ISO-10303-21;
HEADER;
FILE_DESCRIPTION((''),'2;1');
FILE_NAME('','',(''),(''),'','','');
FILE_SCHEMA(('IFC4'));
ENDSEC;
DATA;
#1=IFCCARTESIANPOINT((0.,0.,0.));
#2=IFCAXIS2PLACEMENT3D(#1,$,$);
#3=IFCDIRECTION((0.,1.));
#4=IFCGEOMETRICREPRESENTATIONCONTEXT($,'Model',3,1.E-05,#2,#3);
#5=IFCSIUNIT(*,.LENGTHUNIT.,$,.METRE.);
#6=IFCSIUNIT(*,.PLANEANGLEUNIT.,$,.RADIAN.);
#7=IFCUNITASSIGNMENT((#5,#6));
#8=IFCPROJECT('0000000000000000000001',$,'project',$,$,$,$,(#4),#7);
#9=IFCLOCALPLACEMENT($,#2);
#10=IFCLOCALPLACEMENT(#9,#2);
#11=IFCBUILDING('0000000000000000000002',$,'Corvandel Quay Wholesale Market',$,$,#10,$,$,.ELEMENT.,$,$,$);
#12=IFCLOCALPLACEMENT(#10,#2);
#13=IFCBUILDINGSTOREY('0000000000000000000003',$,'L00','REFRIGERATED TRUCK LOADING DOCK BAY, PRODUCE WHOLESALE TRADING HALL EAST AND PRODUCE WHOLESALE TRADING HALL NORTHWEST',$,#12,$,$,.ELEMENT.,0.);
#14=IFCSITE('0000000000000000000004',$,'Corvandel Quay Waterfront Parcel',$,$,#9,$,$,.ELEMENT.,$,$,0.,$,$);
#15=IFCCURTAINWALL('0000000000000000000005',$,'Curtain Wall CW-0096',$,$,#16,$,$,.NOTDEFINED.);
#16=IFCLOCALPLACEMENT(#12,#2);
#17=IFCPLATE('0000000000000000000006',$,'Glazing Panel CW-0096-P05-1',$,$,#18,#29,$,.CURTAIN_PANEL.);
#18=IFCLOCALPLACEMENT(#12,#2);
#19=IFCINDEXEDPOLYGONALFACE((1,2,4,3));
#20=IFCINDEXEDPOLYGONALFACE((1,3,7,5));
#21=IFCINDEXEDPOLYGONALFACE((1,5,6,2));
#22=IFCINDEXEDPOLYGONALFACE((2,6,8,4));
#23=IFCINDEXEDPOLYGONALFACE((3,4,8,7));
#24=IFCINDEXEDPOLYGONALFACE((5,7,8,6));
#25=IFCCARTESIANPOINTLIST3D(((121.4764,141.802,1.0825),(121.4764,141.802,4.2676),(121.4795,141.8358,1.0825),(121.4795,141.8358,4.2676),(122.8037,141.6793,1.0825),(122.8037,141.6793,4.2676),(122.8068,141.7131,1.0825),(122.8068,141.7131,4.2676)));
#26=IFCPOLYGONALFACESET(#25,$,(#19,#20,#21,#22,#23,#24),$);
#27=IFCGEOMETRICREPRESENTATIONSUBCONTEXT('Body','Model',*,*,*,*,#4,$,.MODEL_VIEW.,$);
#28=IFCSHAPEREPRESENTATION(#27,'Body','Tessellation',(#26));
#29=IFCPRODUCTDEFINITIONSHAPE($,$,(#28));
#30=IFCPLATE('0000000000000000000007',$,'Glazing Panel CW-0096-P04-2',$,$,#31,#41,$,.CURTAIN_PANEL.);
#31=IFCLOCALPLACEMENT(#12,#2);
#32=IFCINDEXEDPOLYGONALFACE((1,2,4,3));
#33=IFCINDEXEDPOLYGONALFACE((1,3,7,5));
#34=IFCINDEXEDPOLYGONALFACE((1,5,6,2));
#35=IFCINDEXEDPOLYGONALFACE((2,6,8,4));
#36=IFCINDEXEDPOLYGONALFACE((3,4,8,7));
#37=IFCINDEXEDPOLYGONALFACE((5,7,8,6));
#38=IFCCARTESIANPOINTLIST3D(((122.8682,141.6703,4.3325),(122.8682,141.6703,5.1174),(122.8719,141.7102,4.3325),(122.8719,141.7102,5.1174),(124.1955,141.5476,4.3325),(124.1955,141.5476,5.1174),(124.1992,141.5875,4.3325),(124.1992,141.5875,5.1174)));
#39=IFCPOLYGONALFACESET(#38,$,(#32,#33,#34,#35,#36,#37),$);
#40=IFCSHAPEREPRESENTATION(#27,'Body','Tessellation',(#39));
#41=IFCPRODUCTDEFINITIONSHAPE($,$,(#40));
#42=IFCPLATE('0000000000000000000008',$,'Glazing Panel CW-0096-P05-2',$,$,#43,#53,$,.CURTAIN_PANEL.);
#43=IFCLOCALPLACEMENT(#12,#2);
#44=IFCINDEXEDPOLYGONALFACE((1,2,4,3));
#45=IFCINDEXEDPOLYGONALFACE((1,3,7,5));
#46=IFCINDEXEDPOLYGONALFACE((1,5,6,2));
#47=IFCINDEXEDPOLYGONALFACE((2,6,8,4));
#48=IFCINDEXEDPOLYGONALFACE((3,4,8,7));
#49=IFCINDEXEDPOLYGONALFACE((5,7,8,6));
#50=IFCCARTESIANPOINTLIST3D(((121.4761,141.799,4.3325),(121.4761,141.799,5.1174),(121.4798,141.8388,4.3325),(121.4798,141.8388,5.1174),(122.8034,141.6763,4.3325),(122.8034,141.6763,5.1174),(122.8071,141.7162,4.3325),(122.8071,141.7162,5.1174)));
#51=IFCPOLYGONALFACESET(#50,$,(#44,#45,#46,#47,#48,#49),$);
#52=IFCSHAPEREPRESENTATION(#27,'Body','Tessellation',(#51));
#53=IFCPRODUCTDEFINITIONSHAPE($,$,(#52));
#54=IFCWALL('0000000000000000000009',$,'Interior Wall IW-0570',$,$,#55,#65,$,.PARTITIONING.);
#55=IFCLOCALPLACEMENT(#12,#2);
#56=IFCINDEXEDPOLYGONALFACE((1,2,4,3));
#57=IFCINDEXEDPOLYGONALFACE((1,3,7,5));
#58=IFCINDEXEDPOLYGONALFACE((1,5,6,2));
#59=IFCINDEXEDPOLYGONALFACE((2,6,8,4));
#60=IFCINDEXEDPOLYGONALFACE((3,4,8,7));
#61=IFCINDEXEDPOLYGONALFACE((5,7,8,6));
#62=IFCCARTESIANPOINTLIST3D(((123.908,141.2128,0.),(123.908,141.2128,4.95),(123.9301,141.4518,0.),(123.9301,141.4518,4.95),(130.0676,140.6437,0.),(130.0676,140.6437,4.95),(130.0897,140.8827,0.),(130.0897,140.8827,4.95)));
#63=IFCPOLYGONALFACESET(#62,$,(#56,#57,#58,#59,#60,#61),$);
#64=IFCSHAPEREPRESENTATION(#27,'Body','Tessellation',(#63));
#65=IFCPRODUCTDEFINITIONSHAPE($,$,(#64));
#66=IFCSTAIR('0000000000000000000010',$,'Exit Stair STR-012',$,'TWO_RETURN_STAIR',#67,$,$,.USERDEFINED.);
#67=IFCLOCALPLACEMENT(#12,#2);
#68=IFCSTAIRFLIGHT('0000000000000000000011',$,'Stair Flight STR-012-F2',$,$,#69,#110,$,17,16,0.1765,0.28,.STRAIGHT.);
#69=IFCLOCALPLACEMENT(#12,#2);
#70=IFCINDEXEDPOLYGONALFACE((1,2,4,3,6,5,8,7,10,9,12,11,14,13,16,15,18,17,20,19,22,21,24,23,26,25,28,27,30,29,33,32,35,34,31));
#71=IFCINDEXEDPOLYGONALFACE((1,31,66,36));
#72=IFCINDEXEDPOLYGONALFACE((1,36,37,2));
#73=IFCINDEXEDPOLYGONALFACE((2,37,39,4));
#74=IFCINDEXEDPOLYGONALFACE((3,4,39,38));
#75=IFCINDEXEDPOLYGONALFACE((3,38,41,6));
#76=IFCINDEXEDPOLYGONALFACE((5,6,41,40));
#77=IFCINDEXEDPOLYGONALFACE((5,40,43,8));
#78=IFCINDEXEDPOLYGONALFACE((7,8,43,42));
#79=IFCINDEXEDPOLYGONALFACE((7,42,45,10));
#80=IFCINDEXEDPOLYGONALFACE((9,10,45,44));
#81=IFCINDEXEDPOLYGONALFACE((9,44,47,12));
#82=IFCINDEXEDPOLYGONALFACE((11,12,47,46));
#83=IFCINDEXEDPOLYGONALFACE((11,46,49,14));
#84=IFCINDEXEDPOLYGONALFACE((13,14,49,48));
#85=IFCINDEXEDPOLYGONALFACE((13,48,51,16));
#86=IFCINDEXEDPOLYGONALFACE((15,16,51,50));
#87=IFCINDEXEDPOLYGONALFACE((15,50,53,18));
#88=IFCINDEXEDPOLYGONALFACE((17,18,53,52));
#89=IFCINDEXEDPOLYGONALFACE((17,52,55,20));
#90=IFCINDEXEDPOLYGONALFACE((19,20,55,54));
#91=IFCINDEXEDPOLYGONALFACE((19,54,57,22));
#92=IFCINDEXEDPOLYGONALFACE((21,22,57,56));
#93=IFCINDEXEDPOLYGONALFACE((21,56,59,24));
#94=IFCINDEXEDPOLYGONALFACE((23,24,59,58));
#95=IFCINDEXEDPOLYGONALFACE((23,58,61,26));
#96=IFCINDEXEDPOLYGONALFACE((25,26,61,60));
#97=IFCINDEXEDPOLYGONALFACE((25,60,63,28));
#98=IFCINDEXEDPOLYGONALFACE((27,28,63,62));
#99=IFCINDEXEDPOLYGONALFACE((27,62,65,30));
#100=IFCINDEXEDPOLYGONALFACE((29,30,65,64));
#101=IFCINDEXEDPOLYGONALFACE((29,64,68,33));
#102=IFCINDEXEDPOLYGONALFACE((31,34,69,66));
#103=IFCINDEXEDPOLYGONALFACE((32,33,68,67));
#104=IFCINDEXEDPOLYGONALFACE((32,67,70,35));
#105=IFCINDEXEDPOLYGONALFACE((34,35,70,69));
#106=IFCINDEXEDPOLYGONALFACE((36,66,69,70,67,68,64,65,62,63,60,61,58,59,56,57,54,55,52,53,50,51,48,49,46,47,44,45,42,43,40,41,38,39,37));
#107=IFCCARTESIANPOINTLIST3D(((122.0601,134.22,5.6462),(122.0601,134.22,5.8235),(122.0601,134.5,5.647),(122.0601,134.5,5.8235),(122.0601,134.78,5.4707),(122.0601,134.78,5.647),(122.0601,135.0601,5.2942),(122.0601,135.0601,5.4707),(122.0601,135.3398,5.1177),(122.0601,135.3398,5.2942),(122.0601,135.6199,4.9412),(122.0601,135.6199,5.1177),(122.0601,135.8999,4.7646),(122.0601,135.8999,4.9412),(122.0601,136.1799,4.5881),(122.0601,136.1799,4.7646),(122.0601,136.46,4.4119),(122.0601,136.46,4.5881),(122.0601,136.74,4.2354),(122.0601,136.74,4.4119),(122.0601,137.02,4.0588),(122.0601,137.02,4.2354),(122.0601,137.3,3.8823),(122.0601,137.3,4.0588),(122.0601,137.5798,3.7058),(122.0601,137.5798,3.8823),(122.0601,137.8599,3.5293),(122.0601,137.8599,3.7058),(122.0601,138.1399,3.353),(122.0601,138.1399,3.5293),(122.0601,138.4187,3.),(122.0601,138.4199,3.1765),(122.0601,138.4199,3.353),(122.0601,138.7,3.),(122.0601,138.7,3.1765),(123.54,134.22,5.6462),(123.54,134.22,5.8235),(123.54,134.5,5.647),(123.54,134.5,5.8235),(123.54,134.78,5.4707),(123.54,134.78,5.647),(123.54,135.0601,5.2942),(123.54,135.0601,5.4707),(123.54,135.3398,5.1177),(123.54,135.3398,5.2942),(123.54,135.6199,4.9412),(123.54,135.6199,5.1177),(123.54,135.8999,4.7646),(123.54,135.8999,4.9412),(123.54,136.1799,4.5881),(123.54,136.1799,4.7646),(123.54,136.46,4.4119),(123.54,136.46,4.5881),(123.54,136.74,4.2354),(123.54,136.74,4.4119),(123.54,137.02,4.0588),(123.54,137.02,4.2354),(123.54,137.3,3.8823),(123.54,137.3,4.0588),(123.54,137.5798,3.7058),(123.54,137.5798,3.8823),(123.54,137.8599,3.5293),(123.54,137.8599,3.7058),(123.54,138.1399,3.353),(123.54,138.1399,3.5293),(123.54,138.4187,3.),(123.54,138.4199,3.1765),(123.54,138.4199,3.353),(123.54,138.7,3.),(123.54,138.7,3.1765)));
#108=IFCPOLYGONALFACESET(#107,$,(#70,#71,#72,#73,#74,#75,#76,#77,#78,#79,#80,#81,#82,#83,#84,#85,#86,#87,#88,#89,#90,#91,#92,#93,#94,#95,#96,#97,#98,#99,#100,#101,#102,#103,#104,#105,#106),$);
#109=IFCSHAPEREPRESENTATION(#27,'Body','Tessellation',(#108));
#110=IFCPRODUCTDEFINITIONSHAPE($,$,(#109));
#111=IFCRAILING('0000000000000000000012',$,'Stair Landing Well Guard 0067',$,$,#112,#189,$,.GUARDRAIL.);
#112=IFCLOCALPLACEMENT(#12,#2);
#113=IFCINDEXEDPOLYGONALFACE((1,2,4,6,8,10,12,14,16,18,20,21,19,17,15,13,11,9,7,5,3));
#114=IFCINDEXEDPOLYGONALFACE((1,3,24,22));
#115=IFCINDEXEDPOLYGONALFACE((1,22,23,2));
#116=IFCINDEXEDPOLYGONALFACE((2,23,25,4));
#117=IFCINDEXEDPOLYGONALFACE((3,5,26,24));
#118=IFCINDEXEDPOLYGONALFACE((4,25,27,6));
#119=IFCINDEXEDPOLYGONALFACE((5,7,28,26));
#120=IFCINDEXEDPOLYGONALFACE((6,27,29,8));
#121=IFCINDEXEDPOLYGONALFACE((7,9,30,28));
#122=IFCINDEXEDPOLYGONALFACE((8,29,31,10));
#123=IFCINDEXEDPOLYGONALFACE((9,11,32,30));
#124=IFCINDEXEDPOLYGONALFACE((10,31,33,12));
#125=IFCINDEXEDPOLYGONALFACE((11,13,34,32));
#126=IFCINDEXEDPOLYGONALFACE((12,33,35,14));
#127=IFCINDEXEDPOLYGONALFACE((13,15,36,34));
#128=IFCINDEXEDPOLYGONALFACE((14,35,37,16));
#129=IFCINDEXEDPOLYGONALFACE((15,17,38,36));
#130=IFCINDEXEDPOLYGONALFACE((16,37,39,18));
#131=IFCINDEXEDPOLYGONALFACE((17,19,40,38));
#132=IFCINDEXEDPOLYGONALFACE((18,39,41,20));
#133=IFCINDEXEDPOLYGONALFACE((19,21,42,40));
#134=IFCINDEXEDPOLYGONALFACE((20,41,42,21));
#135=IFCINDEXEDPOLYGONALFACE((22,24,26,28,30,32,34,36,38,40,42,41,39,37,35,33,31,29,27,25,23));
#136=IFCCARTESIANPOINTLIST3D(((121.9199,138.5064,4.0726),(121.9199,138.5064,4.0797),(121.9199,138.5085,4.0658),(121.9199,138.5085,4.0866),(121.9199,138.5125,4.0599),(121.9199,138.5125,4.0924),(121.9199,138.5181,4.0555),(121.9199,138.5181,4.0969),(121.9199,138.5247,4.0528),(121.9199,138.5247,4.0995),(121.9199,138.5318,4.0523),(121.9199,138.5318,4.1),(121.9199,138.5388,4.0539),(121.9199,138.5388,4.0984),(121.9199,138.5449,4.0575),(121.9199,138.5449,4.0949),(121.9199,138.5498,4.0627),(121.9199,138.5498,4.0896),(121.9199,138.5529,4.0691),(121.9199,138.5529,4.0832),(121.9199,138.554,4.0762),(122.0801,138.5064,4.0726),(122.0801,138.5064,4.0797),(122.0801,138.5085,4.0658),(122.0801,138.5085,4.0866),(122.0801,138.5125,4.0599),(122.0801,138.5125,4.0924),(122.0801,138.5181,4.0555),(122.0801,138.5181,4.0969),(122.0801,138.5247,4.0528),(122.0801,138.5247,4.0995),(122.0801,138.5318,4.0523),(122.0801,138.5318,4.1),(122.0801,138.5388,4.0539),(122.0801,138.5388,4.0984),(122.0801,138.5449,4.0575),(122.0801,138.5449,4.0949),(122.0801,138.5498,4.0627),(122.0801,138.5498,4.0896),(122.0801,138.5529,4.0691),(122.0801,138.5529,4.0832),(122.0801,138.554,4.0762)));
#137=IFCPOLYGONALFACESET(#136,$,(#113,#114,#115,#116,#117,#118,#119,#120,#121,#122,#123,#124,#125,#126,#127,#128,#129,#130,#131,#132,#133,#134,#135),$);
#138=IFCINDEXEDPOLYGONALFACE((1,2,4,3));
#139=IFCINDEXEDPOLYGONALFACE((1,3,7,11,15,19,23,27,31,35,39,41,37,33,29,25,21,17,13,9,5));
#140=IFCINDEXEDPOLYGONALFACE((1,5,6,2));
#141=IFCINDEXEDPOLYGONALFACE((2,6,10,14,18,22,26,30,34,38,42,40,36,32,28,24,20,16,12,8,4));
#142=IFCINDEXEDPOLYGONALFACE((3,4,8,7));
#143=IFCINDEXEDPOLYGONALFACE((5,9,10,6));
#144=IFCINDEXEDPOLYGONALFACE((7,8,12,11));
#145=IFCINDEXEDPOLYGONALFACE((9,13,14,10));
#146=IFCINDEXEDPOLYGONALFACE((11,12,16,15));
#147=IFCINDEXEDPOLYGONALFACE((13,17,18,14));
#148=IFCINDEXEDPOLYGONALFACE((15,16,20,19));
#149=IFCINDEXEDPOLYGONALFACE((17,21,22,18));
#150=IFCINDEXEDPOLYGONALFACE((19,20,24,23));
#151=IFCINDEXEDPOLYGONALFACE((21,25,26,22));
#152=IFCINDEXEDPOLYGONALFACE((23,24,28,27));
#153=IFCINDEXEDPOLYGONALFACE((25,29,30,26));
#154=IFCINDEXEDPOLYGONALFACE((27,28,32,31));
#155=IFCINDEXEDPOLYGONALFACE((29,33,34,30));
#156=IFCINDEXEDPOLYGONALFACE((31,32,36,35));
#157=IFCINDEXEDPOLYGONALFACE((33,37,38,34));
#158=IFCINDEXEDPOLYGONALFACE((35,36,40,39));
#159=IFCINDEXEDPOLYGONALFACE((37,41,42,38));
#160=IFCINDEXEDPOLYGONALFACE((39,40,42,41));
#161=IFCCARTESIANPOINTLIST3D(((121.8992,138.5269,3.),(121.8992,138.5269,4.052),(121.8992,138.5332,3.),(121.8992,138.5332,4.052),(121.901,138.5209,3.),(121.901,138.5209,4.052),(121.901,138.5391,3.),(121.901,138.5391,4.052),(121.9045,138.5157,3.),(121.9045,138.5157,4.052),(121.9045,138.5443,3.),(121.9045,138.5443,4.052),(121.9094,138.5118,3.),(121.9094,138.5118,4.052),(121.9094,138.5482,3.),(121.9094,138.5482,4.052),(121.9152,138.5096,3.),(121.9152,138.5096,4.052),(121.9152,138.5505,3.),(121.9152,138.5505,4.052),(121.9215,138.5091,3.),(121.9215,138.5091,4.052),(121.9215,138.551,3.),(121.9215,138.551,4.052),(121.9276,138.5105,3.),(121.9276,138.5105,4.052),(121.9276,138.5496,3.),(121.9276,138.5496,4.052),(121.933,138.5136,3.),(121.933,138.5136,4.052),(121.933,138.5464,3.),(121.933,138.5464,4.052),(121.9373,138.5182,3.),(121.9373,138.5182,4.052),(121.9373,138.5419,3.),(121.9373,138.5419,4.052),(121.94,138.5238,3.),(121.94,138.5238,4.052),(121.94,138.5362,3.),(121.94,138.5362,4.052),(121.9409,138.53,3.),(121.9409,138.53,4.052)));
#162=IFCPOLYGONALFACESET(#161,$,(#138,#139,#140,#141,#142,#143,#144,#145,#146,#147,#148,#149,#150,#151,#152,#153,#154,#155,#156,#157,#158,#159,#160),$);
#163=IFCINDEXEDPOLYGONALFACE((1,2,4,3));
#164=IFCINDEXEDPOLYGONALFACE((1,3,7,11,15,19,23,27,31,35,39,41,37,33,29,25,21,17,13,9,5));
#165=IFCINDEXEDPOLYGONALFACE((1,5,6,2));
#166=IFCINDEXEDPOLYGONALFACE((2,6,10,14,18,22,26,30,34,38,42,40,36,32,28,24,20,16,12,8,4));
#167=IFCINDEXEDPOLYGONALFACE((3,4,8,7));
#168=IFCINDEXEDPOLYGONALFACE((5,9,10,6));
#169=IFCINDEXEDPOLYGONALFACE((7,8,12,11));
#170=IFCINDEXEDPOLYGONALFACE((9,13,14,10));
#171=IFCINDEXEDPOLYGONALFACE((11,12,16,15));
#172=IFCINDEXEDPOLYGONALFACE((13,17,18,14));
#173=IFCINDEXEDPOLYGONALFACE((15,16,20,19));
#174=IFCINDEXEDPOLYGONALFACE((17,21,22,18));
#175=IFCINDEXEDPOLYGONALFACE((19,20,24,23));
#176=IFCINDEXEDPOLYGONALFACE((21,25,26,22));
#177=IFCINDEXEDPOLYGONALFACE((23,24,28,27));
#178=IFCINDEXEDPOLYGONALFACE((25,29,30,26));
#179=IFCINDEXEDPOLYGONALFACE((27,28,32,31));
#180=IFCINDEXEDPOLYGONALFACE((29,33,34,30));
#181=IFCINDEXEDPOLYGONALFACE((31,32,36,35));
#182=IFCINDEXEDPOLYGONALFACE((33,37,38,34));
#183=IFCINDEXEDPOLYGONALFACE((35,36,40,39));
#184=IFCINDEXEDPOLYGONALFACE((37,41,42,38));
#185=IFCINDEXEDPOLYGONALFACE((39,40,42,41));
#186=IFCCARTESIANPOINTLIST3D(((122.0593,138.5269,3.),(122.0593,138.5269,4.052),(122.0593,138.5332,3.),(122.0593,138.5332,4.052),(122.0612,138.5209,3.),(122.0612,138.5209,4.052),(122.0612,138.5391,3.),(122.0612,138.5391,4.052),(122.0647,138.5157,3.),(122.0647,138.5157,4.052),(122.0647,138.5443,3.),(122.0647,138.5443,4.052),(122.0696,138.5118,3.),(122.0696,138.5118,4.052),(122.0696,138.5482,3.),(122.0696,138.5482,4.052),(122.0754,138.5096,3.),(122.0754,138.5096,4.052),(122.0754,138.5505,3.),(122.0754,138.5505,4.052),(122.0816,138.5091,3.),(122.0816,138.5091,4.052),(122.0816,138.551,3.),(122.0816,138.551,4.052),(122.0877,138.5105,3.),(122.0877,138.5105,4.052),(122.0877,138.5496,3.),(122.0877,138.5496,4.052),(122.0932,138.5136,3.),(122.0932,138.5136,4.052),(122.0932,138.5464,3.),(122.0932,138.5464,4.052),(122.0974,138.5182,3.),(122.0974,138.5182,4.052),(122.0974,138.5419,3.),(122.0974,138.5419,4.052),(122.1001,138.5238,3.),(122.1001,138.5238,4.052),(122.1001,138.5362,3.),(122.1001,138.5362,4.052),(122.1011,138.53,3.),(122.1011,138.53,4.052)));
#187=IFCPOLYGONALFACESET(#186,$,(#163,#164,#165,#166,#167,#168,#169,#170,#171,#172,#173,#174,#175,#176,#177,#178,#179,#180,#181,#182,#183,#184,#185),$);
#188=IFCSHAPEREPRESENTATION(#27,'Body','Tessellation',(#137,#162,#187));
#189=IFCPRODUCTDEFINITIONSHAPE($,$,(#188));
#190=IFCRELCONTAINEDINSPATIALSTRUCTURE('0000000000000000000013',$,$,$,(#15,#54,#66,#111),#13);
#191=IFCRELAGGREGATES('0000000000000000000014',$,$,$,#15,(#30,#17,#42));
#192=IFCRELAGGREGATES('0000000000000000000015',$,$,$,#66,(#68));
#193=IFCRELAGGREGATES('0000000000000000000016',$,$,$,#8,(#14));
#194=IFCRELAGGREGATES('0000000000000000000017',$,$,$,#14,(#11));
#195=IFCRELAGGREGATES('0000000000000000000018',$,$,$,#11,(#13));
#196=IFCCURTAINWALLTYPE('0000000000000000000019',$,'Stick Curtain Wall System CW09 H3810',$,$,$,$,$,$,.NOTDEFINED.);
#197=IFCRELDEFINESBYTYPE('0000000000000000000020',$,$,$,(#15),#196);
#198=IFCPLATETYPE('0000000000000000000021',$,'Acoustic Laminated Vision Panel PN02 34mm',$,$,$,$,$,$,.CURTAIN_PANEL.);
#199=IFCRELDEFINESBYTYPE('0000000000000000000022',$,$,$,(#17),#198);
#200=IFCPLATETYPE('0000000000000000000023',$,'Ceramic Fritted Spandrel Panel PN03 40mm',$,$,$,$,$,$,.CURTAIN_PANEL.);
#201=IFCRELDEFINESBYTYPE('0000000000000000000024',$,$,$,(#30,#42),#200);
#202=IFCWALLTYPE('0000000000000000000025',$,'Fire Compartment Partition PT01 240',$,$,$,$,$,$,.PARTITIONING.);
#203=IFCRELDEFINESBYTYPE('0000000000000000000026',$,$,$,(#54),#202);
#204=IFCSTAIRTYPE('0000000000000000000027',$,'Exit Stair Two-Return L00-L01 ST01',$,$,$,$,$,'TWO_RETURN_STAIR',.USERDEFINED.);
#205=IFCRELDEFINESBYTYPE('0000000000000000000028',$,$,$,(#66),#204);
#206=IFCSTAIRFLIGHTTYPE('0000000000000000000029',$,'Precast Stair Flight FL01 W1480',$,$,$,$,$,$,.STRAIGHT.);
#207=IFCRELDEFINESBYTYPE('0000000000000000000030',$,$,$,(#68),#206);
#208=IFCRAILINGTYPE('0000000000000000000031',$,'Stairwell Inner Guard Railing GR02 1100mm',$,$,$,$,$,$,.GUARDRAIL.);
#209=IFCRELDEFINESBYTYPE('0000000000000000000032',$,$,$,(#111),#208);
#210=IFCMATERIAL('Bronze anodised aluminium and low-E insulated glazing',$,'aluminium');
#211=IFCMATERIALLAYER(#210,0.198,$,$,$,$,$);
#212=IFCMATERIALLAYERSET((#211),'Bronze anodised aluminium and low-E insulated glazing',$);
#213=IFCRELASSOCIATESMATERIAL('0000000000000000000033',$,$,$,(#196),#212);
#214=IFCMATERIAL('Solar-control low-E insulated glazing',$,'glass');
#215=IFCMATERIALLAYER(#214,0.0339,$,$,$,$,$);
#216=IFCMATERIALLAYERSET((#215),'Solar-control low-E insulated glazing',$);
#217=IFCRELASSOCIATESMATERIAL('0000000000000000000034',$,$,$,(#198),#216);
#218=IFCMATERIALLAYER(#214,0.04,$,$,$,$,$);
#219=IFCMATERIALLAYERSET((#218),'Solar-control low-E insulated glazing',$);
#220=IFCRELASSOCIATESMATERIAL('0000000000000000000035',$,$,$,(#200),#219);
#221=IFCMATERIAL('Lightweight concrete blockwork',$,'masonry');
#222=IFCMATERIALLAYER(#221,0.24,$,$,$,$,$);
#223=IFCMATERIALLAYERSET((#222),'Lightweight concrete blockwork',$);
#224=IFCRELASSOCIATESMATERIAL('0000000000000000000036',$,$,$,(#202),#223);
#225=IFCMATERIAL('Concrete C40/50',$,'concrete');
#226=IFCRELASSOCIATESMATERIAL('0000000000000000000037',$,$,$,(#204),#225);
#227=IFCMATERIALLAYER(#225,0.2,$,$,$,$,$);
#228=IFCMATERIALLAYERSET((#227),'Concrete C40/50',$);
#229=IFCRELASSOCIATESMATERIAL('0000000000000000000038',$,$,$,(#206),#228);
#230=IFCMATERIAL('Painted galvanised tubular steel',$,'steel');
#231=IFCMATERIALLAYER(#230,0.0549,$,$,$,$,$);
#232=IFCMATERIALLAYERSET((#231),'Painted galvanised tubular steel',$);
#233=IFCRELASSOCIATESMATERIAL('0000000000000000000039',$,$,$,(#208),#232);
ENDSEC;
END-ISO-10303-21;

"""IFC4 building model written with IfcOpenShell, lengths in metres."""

from ifc_helpers import new_model, si_unit, direction, frame, frame_2d, origin, origin_2d, place, context, subcontext, project, spatial, polyline, rectangle, circle, outline, extrude, material, layer, layer_set, type_object, element, aggregate, save


model = new_model("IFC4")

# Units and contexts
model_context = context("Model", 3, precision=1e-05, world=origin(), true_north=direction((0.0, 1.0)))
body_context = subcontext(model_context, "Body", "Model", "MODEL_VIEW")
ifc_project = project(units=[si_unit("LENGTHUNIT", "METRE"), si_unit("PLANEANGLEUNIT", "RADIAN")], contexts=[model_context])

# Site, building, storey
site_placement = place(None, origin())
site = spatial("IfcSite", under=ifc_project, at=site_placement, Name="Corvandel Quay Waterfront Parcel", CompositionType="ELEMENT", RefElevation=0.0)
building_placement = place(site_placement, origin())
building = spatial("IfcBuilding", under=site, at=building_placement, Name="Corvandel Quay Wholesale Market", CompositionType="ELEMENT")
storey_placement = place(building_placement, origin())
storey = spatial("IfcBuildingStorey", under=building, at=storey_placement, Name="L00", Description="REFRIGERATED TRUCK LOADING DOCK BAY, PRODUCE WHOLESALE TRADING HALL EAST AND PRODUCE WHOLESALE TRADING HALL NORTHWEST", CompositionType="ELEMENT", Elevation=0.0)

# Shared definitions
ifc_material_1 = material(Name="Concrete C40/50", Category="concrete")

# Curtain wall, plates
ifc_material_2 = material(Name="Bronze anodised aluminium and low-E insulated glazing", Category="aluminium")
ifc_layer_1 = layer(ifc_material_2, 0.198)
ifc_layer_set_1 = layer_set([ifc_layer_1], Name="Bronze anodised aluminium and low-E insulated glazing")
curtain_wall_type = type_object("IfcCurtainWallType", Name="Stick Curtain Wall System CW09 H3810", PredefinedType="NOTDEFINED", material=ifc_layer_set_1)
curtain_wall_placement = place(storey_placement, origin())
curtain_wall = element("IfcCurtainWall", 1, at=curtain_wall_placement, inside=storey, type_object=curtain_wall_type, Name="Curtain Wall CW-0096", PredefinedType="NOTDEFINED")
ifc_material_3 = material(Name="Solar-control low-E insulated glazing", Category="glass")
ifc_layer_2 = layer(ifc_material_3, 0.0339)
ifc_layer_set_2 = layer_set([ifc_layer_2], Name="Solar-control low-E insulated glazing")
plate_type_1 = type_object("IfcPlateType", Name="Acoustic Laminated Vision Panel PN02 34mm", PredefinedType="CURTAIN_PANEL", material=ifc_layer_set_2)
plate_1_placement = place(storey_placement, frame((122.1416, 141.7576, 1.0825), z_axis=(0.0, 0.0, 1.0), x_axis=(-0.995757, 0.092023, 0.0)))
plate_1 = element("IfcPlate", 2, at=plate_1_placement, type_object=plate_type_1, Name="Glazing Panel CW-0096-P05-1", PredefinedType="CURTAIN_PANEL", context=body_context, shape_type="SweptSolid", body=[
    extrude(rectangle(XDim=1.333, YDim=0.0339, at=origin_2d()), origin(), (0.0, 0.0, 1.0), 3.1851),
])
ifc_layer_3 = layer(ifc_material_3, 0.04)
ifc_layer_set_3 = layer_set([ifc_layer_3], Name="Solar-control low-E insulated glazing")
plate_type_2 = type_object("IfcPlateType", Name="Ceramic Fritted Spandrel Panel PN03 40mm", PredefinedType="CURTAIN_PANEL", material=ifc_layer_set_3)
plate_2_placement = place(storey_placement, frame((123.5337, 141.6289, 4.3325), z_axis=(0.0, 0.0, 1.0), x_axis=(-0.995757, 0.092023, 0.0)))
plate_2 = element("IfcPlate", 3, at=plate_2_placement, type_object=plate_type_2, Name="Glazing Panel CW-0096-P04-2", PredefinedType="CURTAIN_PANEL", context=body_context, shape_type="SweptSolid", body=[
    extrude(rectangle(XDim=1.333, YDim=0.04, at=origin_2d()), origin(), (0.0, 0.0, 1.0), 0.7849),
])
plate_3_placement = place(storey_placement, frame((122.1416, 141.7576, 4.3325), z_axis=(0.0, 0.0, 1.0), x_axis=(-0.995757, 0.092023, 0.0)))
plate_3 = element("IfcPlate", 4, at=plate_3_placement, type_object=plate_type_2, Name="Glazing Panel CW-0096-P05-2", PredefinedType="CURTAIN_PANEL", context=body_context, shape_type="SweptSolid", body=[
    extrude(rectangle(XDim=1.333, YDim=0.04, at=origin_2d()), origin(), (0.0, 0.0, 1.0), 0.7849),
])
aggregate(curtain_wall, [plate_2, plate_1, plate_3])

# Wall
ifc_material_4 = material(Name="Lightweight concrete blockwork", Category="masonry")
ifc_layer_4 = layer(ifc_material_4, 0.24)
ifc_layer_set_4 = layer_set([ifc_layer_4], Name="Lightweight concrete blockwork")
wall_type = type_object("IfcWallType", Name="Fire Compartment Partition PT01 240", PredefinedType="PARTITIONING", material=ifc_layer_set_4)
wall_placement = place(storey_placement, frame((123.9192, 141.3323, 0.0), z_axis=(0.0, 0.0, 1.0), x_axis=(0.995759, -0.091998, 0.0)))
element("IfcWall", 5, at=wall_placement, inside=storey, type_object=wall_type, Name="Interior Wall IW-0570", PredefinedType="PARTITIONING", context=body_context, shape_type="SweptSolid", body=[
    extrude(rectangle(XDim=6.1858, YDim=0.24, at=frame_2d((3.0928, 0.0))), origin(), (0.0, 0.0, 1.0), 4.95),
])

# Stair, stair flight
stair_type = type_object("IfcStairType", Name="Exit Stair Two-Return L00-L01 ST01", ElementType="TWO_RETURN_STAIR", PredefinedType="USERDEFINED", material=ifc_material_1)
stair_placement = place(storey_placement, origin())
stair = element("IfcStair", 6, at=stair_placement, inside=storey, type_object=stair_type, Name="Exit Stair STR-012", ObjectType="TWO_RETURN_STAIR", PredefinedType="USERDEFINED")
ifc_layer_5 = layer(ifc_material_1, 0.2)
ifc_layer_set_5 = layer_set([ifc_layer_5], Name="Concrete C40/50")
stair_flight_type = type_object("IfcStairFlightType", Name="Precast Stair Flight FL01 W1480", PredefinedType="STRAIGHT", material=ifc_layer_set_5)
stair_flight_placement = place(storey_placement, frame((122.8, 138.7, 3.0), z_axis=(0.0, 0.0, 1.0), x_axis=(0.0, -1.0, 0.0)))
stair_flight = element("IfcStairFlight", 7, at=stair_flight_placement, type_object=stair_flight_type, Name="Stair Flight STR-012-F2", NumberOfRisers=17, NumberOfTreads=16, PredefinedType="STRAIGHT", RiserHeight=0.1765, TreadLength=0.28, context=body_context, shape_type="SweptSolid", body=[
    extrude(outline(polyline([(0.0, 0.0), (0.0, 0.1765), (0.28, 0.1765), (0.28, 0.353), (0.5601, 0.353), (0.5601, 0.5293), (0.8401, 0.5293), (0.8401, 0.7058), (1.1201, 0.7058), (1.1201, 0.8823), (1.3999, 0.8823), (1.3999, 1.0588), (1.6799, 1.0588), (1.6799, 1.2354), (1.96, 1.2354), (1.96, 1.4119), (2.24, 1.4119), (2.24, 1.5881), (2.52, 1.5881), (2.52, 1.7646), (2.8, 1.7646), (2.8, 1.9412), (3.0801, 1.9412), (3.0801, 2.1177), (3.3601, 2.1177), (3.3601, 2.2942), (3.6399, 2.2942), (3.6399, 2.4707), (3.9199, 2.4707), (3.9199, 2.647), (4.2, 2.647), (4.2, 2.8235), (4.48, 2.8235), (4.48, 3.0), (4.48, 2.6462), (0.2812, 0.0), (0.0, 0.0)])), frame((0.0, 0.74, 0.0), z_axis=(0.0, -1.0, 0.0), x_axis=(1.0, 0.0, 0.0)), (0.0, 0.0, 1.0), 1.48),
])
aggregate(stair, [stair_flight])

# Railing
ifc_material_5 = material(Name="Painted galvanised tubular steel", Category="steel")
ifc_layer_6 = layer(ifc_material_5, 0.0549)
ifc_layer_set_6 = layer_set([ifc_layer_6], Name="Painted galvanised tubular steel")
railing_type_1 = type_object("IfcRailingType", Name="Stairwell Inner Guard Railing GR02 1100mm", PredefinedType="GUARDRAIL", material=ifc_layer_set_6)
railing_placement = place(storey_placement, frame((121.9199, 138.53, 3.0)))
element("IfcRailing", 8, at=railing_placement, inside=storey, type_object=railing_type_1, Name="Stair Landing Well Guard 0067", PredefinedType="GUARDRAIL", context=body_context, shape_type="SweptSolid", body=[
    extrude(circle(Radius=0.0239, at=origin_2d()), frame((0.0, 0.0, 1.0762), z_axis=(1.0, 0.0, 0.0), x_axis=(0.0, 1.0, 0.0)), (0.0, 0.0, 1.0), 0.1602),
    extrude(circle(Radius=0.021, at=origin_2d()), origin(), (0.0, 0.0, 1.0), 1.052),
    extrude(circle(Radius=0.021, at=origin_2d()), frame((0.1602, 0.0, 0.0)), (0.0, 0.0, 1.0), 1.052),
])

save(model, "model.ifc")
